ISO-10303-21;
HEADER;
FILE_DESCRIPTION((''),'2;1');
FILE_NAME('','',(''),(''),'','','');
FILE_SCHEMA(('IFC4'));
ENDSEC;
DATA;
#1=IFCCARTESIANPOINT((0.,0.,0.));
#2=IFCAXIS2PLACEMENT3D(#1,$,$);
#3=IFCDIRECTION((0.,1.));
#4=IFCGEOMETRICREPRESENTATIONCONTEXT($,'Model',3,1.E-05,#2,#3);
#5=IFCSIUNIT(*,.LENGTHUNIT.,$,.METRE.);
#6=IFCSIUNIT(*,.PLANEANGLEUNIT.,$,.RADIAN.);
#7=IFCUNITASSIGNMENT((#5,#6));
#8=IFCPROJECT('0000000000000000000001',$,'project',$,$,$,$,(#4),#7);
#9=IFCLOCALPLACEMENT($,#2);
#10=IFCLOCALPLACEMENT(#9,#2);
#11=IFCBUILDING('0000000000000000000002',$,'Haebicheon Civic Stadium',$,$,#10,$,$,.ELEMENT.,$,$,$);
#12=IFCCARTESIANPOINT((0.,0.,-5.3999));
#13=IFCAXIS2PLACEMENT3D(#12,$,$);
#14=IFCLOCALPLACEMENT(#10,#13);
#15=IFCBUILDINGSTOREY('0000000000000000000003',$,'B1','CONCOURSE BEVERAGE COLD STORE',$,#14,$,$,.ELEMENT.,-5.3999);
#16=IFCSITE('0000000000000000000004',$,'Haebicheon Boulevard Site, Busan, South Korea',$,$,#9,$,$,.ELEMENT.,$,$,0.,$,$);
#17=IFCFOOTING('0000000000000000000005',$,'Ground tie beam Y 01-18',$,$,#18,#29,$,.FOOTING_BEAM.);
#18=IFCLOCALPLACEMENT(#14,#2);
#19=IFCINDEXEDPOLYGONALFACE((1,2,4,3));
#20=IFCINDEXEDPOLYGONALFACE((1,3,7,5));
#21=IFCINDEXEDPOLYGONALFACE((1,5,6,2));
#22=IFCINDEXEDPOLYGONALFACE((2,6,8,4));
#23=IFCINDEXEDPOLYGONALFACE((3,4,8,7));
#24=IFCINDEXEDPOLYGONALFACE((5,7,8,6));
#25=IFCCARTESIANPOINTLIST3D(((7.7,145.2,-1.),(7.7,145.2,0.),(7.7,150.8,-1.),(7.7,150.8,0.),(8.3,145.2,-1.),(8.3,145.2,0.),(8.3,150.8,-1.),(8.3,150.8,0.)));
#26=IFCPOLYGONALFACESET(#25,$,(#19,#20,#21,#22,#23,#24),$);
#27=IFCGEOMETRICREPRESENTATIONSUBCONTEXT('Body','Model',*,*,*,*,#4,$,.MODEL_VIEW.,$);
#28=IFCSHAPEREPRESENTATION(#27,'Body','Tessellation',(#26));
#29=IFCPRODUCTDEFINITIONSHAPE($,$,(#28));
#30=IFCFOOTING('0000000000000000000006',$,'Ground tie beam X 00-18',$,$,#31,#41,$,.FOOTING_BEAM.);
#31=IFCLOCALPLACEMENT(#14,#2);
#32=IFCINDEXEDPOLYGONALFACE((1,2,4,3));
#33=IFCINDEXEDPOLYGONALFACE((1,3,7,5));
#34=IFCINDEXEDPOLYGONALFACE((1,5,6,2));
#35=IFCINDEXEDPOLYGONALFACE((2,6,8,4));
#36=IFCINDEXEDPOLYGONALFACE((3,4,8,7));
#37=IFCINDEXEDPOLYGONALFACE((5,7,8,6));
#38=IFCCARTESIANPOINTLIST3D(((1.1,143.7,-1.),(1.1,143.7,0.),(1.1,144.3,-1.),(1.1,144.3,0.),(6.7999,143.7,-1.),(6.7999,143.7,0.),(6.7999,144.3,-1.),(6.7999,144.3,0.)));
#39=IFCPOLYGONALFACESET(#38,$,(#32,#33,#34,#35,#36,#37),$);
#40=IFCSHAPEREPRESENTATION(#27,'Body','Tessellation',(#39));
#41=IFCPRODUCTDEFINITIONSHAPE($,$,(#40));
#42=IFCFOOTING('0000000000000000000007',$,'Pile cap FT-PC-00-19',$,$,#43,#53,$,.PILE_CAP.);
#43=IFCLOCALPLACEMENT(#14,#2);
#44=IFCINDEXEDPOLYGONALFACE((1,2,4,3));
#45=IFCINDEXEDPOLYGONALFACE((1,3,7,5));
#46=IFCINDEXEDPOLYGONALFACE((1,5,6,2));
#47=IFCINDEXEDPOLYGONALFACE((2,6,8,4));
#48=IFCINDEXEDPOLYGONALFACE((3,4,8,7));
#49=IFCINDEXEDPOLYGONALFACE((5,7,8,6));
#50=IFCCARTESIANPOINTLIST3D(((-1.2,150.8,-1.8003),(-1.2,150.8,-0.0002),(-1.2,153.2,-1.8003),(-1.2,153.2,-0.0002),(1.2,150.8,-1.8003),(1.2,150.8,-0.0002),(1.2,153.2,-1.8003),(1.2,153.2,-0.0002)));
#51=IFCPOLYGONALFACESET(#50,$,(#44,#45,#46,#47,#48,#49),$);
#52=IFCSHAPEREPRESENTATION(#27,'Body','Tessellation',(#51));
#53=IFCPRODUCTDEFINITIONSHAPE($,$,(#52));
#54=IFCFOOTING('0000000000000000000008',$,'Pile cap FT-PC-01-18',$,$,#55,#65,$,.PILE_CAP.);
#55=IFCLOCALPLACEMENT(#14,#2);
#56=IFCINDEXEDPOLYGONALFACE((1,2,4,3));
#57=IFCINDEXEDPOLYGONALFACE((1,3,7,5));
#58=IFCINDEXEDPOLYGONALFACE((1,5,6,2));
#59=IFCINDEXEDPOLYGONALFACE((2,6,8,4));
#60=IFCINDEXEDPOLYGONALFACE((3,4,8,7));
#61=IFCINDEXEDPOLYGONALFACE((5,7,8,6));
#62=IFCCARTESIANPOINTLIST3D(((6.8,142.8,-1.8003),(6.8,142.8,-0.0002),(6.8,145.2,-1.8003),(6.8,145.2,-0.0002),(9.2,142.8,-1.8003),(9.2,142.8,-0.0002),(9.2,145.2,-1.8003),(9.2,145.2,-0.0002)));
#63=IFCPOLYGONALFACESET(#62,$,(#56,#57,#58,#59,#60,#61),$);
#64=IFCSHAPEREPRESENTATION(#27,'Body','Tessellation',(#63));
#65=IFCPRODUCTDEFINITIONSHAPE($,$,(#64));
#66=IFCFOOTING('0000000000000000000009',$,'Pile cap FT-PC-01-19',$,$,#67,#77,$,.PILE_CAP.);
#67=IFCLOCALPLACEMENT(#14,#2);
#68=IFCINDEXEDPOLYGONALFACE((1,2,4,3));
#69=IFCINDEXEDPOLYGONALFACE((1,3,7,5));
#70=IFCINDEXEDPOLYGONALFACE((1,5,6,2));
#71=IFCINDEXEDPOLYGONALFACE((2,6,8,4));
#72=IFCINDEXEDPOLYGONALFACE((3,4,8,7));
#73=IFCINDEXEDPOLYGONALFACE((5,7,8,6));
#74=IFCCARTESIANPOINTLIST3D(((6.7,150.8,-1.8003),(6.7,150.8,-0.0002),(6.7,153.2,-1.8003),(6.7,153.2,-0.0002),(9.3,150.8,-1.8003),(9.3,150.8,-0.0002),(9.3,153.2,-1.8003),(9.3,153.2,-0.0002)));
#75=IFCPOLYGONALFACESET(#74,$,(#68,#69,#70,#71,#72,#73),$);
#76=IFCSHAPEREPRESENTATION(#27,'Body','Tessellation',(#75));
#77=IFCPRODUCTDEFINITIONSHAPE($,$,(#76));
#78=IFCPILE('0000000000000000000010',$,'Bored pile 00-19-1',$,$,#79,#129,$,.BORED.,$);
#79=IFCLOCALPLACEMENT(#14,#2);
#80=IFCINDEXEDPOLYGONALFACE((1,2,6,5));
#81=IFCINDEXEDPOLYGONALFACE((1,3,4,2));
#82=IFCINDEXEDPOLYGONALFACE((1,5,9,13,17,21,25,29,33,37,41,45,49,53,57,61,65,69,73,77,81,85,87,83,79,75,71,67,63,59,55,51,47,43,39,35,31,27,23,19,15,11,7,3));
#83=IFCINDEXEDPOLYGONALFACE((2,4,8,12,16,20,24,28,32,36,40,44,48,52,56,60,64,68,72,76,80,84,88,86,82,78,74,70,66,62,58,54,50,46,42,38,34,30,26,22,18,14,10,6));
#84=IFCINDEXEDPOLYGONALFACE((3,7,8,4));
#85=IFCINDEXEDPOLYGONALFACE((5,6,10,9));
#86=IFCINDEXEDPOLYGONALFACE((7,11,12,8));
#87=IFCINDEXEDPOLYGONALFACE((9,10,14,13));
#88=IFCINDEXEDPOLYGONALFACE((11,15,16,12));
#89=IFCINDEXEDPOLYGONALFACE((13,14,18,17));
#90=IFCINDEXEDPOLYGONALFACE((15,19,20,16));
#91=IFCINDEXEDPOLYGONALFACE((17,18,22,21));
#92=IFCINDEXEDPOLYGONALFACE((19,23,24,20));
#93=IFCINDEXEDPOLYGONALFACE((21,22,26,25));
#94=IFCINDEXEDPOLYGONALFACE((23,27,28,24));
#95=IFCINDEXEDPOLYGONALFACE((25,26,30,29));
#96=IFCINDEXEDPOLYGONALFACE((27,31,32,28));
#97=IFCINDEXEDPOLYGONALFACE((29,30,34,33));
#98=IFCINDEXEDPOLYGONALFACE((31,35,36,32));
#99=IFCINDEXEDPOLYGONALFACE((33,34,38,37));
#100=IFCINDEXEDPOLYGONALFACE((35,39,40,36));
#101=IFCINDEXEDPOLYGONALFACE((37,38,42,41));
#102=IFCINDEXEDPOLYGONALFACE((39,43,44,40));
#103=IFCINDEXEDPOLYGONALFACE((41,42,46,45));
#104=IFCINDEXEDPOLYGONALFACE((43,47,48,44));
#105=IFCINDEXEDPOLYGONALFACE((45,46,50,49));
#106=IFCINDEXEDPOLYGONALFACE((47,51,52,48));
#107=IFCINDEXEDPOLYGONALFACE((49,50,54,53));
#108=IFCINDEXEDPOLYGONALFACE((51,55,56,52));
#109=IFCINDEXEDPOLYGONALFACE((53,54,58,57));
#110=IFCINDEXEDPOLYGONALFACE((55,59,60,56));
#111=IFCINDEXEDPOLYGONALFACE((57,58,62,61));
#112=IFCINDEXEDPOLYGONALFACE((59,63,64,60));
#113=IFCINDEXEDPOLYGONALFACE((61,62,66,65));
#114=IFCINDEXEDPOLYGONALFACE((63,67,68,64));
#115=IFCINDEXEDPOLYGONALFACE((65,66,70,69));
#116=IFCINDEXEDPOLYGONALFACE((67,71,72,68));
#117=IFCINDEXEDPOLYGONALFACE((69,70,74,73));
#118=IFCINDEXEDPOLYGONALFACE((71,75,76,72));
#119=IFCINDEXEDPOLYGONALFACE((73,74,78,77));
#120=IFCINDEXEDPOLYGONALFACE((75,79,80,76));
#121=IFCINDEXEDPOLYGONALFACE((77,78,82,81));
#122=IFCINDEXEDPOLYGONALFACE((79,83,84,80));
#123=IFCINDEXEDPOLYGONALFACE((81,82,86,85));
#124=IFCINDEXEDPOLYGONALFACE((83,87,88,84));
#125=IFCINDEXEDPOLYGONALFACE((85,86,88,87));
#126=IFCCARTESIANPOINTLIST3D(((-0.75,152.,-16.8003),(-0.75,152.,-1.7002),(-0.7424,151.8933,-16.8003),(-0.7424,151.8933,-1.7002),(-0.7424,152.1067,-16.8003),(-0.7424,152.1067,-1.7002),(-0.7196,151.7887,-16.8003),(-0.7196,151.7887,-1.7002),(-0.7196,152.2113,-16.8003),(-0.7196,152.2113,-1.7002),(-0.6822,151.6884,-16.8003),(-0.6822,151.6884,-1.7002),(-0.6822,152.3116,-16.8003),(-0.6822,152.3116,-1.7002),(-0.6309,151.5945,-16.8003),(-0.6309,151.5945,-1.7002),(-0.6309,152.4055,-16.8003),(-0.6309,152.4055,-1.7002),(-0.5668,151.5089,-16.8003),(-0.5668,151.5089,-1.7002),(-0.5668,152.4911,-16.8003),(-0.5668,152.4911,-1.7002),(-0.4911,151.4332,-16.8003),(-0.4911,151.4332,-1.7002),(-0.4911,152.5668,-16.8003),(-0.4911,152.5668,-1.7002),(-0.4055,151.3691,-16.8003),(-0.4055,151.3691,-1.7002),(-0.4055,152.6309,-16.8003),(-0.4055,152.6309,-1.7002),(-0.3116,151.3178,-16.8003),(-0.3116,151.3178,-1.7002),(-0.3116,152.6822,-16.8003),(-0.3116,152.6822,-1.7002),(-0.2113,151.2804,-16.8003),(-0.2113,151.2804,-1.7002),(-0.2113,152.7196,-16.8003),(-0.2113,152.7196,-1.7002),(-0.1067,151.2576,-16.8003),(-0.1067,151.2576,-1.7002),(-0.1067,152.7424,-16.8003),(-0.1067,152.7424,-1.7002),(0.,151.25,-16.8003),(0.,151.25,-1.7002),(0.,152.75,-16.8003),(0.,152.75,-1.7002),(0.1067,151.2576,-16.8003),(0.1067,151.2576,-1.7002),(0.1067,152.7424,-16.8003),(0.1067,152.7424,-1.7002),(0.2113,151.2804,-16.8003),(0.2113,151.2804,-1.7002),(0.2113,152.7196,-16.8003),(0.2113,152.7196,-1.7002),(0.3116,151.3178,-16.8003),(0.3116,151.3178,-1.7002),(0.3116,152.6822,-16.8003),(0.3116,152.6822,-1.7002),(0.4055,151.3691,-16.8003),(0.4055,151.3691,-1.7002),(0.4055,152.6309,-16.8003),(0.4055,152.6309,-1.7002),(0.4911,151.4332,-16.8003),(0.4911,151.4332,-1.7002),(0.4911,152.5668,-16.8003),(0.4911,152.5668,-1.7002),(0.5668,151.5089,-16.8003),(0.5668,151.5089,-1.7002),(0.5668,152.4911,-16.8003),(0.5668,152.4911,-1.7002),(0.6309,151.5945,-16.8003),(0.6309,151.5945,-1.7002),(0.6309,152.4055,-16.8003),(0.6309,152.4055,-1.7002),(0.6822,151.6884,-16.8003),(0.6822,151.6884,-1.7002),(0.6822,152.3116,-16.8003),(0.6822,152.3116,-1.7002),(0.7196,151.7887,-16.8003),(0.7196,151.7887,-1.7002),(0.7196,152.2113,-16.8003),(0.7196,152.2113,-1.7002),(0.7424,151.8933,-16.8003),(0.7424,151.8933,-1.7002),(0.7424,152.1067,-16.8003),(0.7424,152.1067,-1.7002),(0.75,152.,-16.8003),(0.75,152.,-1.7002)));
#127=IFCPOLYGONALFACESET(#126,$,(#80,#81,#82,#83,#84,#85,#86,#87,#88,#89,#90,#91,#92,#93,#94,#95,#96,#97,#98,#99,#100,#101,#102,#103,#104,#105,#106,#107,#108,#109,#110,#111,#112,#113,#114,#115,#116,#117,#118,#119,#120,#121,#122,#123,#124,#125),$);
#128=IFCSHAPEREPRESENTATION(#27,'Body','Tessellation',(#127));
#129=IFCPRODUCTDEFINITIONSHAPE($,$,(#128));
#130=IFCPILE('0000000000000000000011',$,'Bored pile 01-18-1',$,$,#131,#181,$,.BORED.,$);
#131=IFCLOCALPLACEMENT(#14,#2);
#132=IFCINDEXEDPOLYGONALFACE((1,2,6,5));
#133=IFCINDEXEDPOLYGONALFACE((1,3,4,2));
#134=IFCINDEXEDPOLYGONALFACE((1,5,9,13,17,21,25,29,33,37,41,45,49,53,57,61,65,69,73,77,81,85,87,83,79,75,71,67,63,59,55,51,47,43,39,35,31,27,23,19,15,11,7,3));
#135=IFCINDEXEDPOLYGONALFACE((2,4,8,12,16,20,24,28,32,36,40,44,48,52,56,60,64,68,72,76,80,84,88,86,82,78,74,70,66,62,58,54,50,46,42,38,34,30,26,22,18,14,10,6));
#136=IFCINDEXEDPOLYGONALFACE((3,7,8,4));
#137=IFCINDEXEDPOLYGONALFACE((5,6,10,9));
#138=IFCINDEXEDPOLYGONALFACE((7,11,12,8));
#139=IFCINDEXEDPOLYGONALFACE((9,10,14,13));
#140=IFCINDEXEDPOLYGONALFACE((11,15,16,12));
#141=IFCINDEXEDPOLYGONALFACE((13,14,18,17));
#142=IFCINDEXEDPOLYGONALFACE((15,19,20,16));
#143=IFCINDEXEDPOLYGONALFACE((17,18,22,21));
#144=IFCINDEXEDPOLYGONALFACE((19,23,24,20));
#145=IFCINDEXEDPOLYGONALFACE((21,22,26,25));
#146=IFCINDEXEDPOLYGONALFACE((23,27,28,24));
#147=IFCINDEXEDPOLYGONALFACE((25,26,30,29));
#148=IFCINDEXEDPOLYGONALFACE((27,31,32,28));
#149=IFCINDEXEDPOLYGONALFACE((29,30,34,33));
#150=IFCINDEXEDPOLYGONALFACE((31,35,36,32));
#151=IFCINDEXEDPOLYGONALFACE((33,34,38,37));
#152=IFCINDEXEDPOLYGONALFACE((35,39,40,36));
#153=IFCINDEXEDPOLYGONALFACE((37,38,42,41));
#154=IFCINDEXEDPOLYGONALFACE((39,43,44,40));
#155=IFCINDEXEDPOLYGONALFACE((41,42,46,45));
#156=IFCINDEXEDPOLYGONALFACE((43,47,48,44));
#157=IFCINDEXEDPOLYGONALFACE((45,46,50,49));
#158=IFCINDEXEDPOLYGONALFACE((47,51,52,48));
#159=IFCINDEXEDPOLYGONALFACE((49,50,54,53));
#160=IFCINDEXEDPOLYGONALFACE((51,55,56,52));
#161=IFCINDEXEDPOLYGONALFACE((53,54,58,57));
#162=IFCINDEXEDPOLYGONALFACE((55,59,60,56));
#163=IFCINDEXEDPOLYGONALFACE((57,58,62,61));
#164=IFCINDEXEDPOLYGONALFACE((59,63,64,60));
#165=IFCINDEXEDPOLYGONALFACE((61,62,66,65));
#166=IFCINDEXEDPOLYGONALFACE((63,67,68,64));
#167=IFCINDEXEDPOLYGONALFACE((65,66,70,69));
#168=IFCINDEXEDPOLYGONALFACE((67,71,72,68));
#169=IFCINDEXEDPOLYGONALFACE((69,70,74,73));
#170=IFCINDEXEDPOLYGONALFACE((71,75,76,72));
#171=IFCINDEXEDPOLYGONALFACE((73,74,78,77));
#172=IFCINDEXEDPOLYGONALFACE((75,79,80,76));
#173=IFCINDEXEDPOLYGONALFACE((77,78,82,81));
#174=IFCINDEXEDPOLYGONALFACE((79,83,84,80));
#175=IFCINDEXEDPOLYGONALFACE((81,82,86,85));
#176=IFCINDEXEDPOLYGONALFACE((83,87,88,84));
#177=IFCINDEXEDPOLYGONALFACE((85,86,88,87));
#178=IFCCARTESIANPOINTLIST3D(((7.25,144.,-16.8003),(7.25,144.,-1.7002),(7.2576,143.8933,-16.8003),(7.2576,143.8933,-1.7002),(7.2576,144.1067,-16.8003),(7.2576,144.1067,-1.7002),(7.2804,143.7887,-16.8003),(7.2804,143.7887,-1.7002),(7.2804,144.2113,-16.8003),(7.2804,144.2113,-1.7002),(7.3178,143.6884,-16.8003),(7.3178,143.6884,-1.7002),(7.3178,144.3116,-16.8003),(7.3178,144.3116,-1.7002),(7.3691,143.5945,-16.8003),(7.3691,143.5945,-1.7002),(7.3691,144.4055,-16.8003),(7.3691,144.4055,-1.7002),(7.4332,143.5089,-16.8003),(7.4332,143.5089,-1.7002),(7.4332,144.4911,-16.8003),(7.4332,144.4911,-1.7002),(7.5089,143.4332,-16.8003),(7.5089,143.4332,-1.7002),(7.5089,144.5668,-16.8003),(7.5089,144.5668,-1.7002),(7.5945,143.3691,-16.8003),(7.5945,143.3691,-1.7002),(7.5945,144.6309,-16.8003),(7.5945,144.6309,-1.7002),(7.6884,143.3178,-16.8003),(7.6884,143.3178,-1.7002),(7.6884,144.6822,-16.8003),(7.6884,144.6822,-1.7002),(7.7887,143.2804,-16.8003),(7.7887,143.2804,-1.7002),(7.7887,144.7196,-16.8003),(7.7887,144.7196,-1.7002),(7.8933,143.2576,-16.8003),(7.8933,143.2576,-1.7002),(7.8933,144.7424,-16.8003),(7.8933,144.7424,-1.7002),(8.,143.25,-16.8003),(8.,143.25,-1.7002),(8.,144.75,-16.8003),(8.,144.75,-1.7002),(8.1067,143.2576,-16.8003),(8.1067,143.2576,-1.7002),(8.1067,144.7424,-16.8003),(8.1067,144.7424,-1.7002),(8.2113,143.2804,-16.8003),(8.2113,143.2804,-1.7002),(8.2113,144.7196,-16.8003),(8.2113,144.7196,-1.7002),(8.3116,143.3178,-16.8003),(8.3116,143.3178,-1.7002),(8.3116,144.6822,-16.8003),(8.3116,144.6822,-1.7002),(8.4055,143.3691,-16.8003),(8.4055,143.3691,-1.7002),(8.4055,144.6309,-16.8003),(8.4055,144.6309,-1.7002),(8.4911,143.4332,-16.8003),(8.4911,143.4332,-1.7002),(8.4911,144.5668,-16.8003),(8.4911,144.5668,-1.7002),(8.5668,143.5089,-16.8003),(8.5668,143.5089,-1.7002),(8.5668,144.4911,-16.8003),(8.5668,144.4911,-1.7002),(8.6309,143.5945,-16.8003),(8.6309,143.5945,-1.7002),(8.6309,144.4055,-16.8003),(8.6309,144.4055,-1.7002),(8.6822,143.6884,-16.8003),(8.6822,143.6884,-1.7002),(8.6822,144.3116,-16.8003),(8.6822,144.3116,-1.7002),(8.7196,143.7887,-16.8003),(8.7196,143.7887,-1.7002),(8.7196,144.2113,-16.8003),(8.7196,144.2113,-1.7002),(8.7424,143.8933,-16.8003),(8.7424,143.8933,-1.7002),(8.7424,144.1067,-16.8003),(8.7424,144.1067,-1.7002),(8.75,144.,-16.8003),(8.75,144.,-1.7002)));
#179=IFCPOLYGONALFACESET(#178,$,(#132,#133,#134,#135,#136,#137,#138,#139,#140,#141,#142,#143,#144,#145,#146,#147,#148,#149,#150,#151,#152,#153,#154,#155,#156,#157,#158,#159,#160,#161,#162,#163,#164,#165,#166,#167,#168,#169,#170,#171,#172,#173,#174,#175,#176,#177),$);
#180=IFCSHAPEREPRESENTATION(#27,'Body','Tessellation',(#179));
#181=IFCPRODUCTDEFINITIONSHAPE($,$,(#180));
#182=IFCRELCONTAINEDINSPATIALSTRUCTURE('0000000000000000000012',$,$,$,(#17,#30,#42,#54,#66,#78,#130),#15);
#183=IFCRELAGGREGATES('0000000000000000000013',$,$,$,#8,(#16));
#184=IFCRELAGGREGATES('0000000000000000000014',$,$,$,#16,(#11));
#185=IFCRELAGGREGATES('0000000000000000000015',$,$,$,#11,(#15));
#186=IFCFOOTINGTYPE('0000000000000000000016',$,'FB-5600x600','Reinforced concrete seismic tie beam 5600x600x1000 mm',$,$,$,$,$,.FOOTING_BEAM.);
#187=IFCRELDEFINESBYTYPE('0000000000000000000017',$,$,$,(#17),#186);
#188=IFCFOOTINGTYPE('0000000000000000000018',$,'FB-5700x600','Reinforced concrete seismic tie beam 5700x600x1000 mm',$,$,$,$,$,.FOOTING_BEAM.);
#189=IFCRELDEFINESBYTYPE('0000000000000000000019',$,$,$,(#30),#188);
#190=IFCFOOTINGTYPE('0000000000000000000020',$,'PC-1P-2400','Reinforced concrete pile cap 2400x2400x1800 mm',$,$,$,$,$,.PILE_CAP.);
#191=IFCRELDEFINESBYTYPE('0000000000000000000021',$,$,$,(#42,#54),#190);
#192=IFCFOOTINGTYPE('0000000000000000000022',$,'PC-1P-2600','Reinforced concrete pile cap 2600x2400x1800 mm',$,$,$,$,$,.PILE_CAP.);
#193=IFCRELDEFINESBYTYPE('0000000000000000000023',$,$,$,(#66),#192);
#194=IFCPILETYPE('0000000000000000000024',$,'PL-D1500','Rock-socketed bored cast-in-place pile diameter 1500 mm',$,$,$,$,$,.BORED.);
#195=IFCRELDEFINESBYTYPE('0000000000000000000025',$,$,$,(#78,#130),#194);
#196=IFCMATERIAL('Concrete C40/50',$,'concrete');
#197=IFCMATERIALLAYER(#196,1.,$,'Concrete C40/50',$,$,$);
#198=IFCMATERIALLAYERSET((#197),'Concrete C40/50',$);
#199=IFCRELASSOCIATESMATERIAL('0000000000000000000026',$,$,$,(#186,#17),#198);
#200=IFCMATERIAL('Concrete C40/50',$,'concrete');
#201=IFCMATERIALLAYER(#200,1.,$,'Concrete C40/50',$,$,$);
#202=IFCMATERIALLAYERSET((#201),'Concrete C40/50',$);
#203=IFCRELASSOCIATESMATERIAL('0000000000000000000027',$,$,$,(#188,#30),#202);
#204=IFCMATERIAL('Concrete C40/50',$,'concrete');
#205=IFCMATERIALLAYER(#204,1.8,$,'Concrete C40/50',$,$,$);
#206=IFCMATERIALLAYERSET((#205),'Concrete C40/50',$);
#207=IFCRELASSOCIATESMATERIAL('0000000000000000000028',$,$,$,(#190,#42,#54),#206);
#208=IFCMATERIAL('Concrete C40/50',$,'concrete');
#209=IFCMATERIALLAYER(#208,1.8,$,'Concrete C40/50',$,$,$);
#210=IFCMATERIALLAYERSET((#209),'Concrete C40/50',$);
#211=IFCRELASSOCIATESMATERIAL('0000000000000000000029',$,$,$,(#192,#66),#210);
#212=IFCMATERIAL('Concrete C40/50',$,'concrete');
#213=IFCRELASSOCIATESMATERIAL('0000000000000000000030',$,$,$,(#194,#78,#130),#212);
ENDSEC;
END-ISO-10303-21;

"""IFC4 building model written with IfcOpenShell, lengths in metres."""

from ifc_helpers import new_model, si_unit, direction, frame, origin, origin_2d, place, context, subcontext, project, spatial, rectangle, circle, extrude, material, layer, layer_set, material_profile, profile_set, type_object, element, save


model = new_model("IFC4")

# Units and contexts
model_context = context("Model", 3, precision=1e-05, world=origin(), true_north=direction((0.0, 1.0)))
body_context = subcontext(model_context, "Body", "Model", "MODEL_VIEW")
ifc_project = project(units=[si_unit("LENGTHUNIT", "METRE"), si_unit("PLANEANGLEUNIT", "RADIAN")], contexts=[model_context])

# Site, building, storey
site_placement = place(None, origin())
site = spatial("IfcSite", under=ifc_project, at=site_placement, Name="Haebicheon Boulevard Site, Busan, South Korea", CompositionType="ELEMENT", RefElevation=0.0)
building_placement = place(site_placement, origin())
building = spatial("IfcBuilding", under=site, at=building_placement, Name="Haebicheon Civic Stadium", CompositionType="ELEMENT")
storey_placement = place(building_placement, frame((0.0, 0.0, -5.3999)))
storey = spatial("IfcBuildingStorey", under=building, at=storey_placement, Name="B1", Description="CONCOURSE BEVERAGE COLD STORE", CompositionType="ELEMENT", Elevation=-5.3999)

# Footings
ifc_material_1 = material(Name="Concrete C40/50", Category="concrete")
ifc_layer_1 = layer(ifc_material_1, 1.0, Name="Concrete C40/50")
ifc_layer_set_1 = layer_set([ifc_layer_1], Name="Concrete C40/50")
footing_type_1 = type_object("IfcFootingType", Name="FB-5600x600", Description="Reinforced concrete seismic tie beam 5600x600x1000 mm", PredefinedType="FOOTING_BEAM", material=ifc_layer_set_1)
footing_1_placement = place(storey_placement, frame((8.0, 148.0, -1.0), z_axis=(0.0, 0.0, 1.0), x_axis=(0.0, 1.0, 0.0)))
element("IfcFooting", 1, at=footing_1_placement, inside=storey, type_object=footing_type_1, material=ifc_layer_set_1, Name="Ground tie beam Y 01-18", PredefinedType="FOOTING_BEAM", context=body_context, shape_type="SweptSolid", body=[
    extrude(rectangle(XDim=5.6001, YDim=0.6001, at=origin_2d()), origin(), (0.0, 0.0, 1.0), 1.0),
])
ifc_material_2 = material(Name="Concrete C40/50", Category="concrete")
ifc_layer_2 = layer(ifc_material_2, 1.0, Name="Concrete C40/50")
ifc_layer_set_2 = layer_set([ifc_layer_2], Name="Concrete C40/50")
footing_type_2 = type_object("IfcFootingType", Name="FB-5700x600", Description="Reinforced concrete seismic tie beam 5700x600x1000 mm", PredefinedType="FOOTING_BEAM", material=ifc_layer_set_2)
footing_2_placement = place(storey_placement, frame((3.95, 144.0, -1.0), z_axis=(0.0, 0.0, 1.0), x_axis=(1.0, 0.0, 0.0)))
element("IfcFooting", 2, at=footing_2_placement, inside=storey, type_object=footing_type_2, material=ifc_layer_set_2, Name="Ground tie beam X 00-18", PredefinedType="FOOTING_BEAM", context=body_context, shape_type="SweptSolid", body=[
    extrude(rectangle(XDim=5.7, YDim=0.6001, at=origin_2d()), origin(), (0.0, 0.0, 1.0), 1.0),
])
ifc_material_3 = material(Name="Concrete C40/50", Category="concrete")
ifc_layer_3 = layer(ifc_material_3, 1.8, Name="Concrete C40/50")
ifc_layer_set_3 = layer_set([ifc_layer_3], Name="Concrete C40/50")
footing_type_3 = type_object("IfcFootingType", Name="PC-1P-2400", Description="Reinforced concrete pile cap 2400x2400x1800 mm", PredefinedType="PILE_CAP", material=ifc_layer_set_3)
for number, where, z_axis, x_axis, name in (
    (3, (0.0, 152.0, -1.8003), (0.0, 0.0, 1.0), (1.0, 0.0, 0.0), "Pile cap FT-PC-00-19"),
    (4, (8.0, 144.0, -1.8003), (0.0, 0.0, 1.0), (1.0, 0.0, 0.0), "Pile cap FT-PC-01-18"),
):
    element("IfcFooting", number, at=place(storey_placement, frame(where, z_axis=z_axis, x_axis=x_axis)), inside=storey, type_object=footing_type_3, material=ifc_layer_set_3, Name=name, PredefinedType="PILE_CAP", context=body_context, shape_type="SweptSolid", body=[
        extrude(rectangle(XDim=2.3999, YDim=2.3999, at=origin_2d()), origin(), (0.0, 0.0, 1.0), 1.8),
    ])
ifc_material_4 = material(Name="Concrete C40/50", Category="concrete")
ifc_layer_4 = layer(ifc_material_4, 1.8, Name="Concrete C40/50")
ifc_layer_set_4 = layer_set([ifc_layer_4], Name="Concrete C40/50")
footing_type_4 = type_object("IfcFootingType", Name="PC-1P-2600", Description="Reinforced concrete pile cap 2600x2400x1800 mm", PredefinedType="PILE_CAP", material=ifc_layer_set_4)
footing_3_placement = place(storey_placement, frame((8.0, 152.0, -1.8003), z_axis=(0.0, 0.0, 1.0), x_axis=(1.0, 0.0, 0.0)))
element("IfcFooting", 5, at=footing_3_placement, inside=storey, type_object=footing_type_4, material=ifc_layer_set_4, Name="Pile cap FT-PC-01-19", PredefinedType="PILE_CAP", context=body_context, shape_type="SweptSolid", body=[
    extrude(rectangle(XDim=2.6001, YDim=2.3999, at=origin_2d()), origin(), (0.0, 0.0, 1.0), 1.8),
])

# Piles
ifc_material_5 = material(Name="Concrete C40/50", Category="concrete")
ifc_material_profile_1 = material_profile(ifc_material_5, circle(Radius=0.75, at=origin_2d()), Name="PILE-D1500")
ifc_profile_set_1 = profile_set([ifc_material_profile_1], Name="Concrete C40/50")
pile_type = type_object("IfcPileType", Name="PL-D1500", Description="Rock-socketed bored cast-in-place pile diameter 1500 mm", PredefinedType="BORED", material=ifc_profile_set_1)
for number, where, z_axis, x_axis, name in (
    (6, (0.0, 152.0, -1.7002), (0.0, 0.0, -1.0), (1.0, 0.0, 0.0), "Bored pile 00-19-1"),
    (7, (8.0, 144.0, -1.7002), (0.0, 0.0, -1.0), (1.0, 0.0, 0.0), "Bored pile 01-18-1"),
):
    element("IfcPile", number, at=place(storey_placement, frame(where, z_axis=z_axis, x_axis=x_axis)), inside=storey, type_object=pile_type, material=ifc_profile_set_1, Name=name, PredefinedType="BORED", context=body_context, shape_type="SweptSolid", body=[
        extrude(circle(Radius=0.75, at=origin_2d()), origin(), (0.0, 0.0, 1.0), 15.1001),
    ])

save(model, "model.ifc")
